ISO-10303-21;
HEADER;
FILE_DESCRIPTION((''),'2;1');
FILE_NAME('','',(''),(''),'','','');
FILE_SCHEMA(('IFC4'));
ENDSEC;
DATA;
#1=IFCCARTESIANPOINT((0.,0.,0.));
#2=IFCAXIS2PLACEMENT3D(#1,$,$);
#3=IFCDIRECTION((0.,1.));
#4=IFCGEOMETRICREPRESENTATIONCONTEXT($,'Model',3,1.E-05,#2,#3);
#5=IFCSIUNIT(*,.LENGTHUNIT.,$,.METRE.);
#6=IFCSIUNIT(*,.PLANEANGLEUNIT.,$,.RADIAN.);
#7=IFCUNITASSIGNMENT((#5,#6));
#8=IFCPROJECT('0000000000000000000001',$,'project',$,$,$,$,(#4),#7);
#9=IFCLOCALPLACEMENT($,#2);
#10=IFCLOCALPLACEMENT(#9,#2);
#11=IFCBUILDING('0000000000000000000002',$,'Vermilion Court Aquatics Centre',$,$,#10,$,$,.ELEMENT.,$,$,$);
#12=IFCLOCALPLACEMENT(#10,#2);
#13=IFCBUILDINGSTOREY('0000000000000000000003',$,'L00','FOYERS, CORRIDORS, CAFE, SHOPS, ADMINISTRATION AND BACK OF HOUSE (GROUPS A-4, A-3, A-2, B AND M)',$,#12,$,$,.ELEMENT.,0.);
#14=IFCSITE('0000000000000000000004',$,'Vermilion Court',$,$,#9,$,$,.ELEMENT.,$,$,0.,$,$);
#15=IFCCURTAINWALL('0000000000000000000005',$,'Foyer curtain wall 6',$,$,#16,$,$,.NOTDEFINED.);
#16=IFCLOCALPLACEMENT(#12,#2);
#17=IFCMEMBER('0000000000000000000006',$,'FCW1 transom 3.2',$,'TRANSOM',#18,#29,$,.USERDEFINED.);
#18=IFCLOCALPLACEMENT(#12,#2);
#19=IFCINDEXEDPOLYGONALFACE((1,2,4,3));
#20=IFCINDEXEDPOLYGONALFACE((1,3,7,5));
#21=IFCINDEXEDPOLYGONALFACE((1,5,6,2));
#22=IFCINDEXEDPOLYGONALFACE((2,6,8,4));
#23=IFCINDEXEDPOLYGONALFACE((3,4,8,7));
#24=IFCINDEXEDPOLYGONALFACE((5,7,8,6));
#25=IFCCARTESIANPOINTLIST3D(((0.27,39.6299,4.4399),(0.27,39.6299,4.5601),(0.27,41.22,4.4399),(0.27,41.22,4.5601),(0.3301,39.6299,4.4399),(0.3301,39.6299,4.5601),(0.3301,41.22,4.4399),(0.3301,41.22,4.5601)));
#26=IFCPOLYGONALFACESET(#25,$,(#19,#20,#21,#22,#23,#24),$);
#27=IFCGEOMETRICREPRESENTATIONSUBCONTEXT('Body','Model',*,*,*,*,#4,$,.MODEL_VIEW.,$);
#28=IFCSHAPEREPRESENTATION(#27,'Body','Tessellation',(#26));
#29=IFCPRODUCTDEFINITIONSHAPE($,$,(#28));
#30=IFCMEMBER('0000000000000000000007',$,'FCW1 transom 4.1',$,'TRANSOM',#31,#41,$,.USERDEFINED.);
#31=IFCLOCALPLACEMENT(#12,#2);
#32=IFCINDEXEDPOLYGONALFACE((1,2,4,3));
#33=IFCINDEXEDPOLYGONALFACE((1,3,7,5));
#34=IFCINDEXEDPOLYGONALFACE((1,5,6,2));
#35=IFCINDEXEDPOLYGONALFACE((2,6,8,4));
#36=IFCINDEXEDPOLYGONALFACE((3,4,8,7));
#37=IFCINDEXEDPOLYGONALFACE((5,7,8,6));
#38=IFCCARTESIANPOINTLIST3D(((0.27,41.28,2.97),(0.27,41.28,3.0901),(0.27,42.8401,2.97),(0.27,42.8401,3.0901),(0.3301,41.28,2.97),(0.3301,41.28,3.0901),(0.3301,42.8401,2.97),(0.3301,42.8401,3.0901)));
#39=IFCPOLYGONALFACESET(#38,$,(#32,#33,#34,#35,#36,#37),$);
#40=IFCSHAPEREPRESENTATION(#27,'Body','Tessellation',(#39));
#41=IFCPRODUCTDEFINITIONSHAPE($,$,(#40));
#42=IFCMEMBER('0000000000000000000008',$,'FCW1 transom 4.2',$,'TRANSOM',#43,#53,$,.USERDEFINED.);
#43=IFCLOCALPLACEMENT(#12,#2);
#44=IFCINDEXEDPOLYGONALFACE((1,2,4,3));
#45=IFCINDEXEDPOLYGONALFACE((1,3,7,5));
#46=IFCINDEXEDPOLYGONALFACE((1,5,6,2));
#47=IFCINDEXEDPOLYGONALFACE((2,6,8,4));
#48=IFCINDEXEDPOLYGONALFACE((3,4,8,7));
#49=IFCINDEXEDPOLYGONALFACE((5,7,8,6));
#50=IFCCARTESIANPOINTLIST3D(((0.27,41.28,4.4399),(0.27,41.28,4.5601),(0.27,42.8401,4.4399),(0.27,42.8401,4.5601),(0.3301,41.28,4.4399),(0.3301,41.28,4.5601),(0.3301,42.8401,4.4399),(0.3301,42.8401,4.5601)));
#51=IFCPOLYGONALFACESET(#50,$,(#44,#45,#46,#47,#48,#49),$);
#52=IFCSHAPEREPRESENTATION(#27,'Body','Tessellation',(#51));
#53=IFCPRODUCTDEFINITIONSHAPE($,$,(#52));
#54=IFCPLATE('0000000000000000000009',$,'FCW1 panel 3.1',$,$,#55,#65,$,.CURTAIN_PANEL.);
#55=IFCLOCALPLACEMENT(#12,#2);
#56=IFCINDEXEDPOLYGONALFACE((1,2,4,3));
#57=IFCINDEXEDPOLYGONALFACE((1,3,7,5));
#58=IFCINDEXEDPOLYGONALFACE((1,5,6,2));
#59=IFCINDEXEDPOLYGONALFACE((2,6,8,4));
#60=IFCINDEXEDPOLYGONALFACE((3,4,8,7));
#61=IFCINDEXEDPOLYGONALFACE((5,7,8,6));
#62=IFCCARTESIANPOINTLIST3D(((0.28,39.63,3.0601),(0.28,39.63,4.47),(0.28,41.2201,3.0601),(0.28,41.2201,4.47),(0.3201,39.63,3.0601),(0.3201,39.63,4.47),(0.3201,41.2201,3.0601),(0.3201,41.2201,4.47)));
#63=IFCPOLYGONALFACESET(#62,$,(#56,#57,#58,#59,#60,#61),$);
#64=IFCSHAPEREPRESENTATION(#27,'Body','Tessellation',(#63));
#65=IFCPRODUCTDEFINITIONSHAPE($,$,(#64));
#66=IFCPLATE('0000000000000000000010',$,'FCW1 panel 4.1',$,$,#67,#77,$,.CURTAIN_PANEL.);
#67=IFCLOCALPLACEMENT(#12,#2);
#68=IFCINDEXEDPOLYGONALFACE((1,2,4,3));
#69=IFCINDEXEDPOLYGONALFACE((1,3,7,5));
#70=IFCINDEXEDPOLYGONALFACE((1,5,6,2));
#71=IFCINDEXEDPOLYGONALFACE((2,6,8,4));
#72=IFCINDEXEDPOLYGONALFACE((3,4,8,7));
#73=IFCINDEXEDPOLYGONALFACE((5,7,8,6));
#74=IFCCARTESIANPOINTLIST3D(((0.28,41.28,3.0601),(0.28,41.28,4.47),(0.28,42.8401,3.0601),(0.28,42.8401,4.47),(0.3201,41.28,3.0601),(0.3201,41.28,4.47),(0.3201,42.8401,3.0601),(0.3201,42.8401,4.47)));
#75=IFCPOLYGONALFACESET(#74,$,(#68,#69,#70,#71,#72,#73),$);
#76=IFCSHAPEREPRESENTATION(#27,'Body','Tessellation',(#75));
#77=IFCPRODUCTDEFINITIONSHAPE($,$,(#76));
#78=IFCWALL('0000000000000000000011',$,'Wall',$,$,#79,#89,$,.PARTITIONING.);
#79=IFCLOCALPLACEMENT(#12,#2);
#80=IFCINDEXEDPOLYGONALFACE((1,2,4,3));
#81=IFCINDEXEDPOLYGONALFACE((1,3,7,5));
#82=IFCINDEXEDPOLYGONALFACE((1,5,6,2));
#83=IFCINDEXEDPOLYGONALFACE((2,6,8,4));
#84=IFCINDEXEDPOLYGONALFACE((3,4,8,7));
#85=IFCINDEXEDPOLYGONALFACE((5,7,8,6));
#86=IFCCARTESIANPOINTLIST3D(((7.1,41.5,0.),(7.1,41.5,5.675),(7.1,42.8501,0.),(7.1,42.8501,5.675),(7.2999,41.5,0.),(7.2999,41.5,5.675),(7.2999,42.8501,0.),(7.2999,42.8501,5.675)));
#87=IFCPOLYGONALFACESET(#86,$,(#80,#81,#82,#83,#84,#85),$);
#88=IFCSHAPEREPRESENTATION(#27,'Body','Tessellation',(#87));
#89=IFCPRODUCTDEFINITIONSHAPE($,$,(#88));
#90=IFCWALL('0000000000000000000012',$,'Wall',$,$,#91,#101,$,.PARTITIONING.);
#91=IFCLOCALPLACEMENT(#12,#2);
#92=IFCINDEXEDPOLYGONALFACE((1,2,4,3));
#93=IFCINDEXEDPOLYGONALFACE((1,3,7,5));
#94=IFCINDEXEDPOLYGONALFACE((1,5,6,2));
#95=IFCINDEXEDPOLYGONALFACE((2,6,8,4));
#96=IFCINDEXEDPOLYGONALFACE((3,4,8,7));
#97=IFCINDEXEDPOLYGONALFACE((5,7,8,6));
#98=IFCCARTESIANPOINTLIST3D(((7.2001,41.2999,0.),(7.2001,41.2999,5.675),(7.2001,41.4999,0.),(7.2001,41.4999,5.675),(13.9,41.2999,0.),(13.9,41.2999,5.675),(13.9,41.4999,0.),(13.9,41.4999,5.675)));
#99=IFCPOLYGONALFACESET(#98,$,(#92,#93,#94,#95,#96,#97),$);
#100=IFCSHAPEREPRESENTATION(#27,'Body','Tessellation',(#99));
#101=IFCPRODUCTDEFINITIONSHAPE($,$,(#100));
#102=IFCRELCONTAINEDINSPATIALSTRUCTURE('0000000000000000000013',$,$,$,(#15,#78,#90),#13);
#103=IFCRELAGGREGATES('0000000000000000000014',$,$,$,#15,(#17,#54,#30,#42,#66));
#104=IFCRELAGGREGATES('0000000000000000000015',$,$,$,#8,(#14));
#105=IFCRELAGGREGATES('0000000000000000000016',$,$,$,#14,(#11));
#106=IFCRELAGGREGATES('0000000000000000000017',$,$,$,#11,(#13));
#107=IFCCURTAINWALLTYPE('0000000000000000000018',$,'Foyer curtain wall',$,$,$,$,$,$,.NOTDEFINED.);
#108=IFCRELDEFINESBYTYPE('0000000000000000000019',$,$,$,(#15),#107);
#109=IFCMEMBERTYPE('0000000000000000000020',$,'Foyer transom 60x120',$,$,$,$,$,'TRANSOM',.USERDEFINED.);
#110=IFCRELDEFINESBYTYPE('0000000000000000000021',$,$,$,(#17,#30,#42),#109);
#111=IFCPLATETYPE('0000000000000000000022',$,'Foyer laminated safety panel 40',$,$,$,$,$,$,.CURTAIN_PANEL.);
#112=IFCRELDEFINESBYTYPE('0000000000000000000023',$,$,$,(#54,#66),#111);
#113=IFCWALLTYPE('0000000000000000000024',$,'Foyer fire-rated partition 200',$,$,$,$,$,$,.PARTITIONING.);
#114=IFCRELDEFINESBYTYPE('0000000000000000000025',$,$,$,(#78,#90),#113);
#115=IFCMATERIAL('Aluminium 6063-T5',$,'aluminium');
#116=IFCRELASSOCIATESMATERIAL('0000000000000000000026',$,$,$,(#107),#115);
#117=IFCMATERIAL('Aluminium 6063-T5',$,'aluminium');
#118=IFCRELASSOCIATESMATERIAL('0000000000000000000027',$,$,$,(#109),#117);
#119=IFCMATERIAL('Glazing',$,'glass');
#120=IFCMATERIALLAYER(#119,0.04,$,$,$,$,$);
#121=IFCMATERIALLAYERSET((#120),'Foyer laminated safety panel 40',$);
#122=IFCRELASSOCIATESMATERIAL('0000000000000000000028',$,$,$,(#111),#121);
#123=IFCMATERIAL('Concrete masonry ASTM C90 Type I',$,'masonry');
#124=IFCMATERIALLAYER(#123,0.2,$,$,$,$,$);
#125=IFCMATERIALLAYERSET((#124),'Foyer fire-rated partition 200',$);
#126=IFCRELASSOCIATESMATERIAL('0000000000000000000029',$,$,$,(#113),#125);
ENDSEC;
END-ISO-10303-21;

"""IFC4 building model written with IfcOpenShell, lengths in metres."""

from ifc_helpers import new_model, si_unit, direction, frame, frame_2d, origin, origin_2d, place, context, subcontext, project, spatial, rectangle, extrude, material, layer, layer_set, material_profile, profile_set, type_object, element, aggregate, save


model = new_model("IFC4")

# Units and contexts
model_context = context("Model", 3, precision=1e-05, world=origin(), true_north=direction((0.0, 1.0)))
body_context = subcontext(model_context, "Body", "Model", "MODEL_VIEW")
ifc_project = project(units=[si_unit("LENGTHUNIT", "METRE"), si_unit("PLANEANGLEUNIT", "RADIAN")], contexts=[model_context])

# Site, building, storey
site_placement = place(None, origin())
site = spatial("IfcSite", under=ifc_project, at=site_placement, Name="Vermilion Court", CompositionType="ELEMENT", RefElevation=0.0)
building_placement = place(site_placement, origin())
building = spatial("IfcBuilding", under=site, at=building_placement, Name="Vermilion Court Aquatics Centre", CompositionType="ELEMENT")
storey_placement = place(building_placement, origin())
storey = spatial("IfcBuildingStorey", under=building, at=storey_placement, Name="L00", Description="FOYERS, CORRIDORS, CAFE, SHOPS, ADMINISTRATION AND BACK OF HOUSE (GROUPS A-4, A-3, A-2, B AND M)", CompositionType="ELEMENT", Elevation=0.0)

# Curtain wall, members, plates
ifc_material_1 = material(Name="Aluminium 6063-T5", Category="aluminium")
curtain_wall_type = type_object("IfcCurtainWallType", Name="Foyer curtain wall", PredefinedType="NOTDEFINED", material=ifc_material_1)
curtain_wall_placement = place(storey_placement, origin())
curtain_wall = element("IfcCurtainWall", 1, at=curtain_wall_placement, inside=storey, type_object=curtain_wall_type, Name="Foyer curtain wall 6", PredefinedType="NOTDEFINED")
ifc_material_2 = material(Name="Aluminium 6063-T5", Category="aluminium")
ifc_material_profile_1 = material_profile(ifc_material_2, rectangle(XDim=0.0601, YDim=0.1201, at=origin_2d()), Name="Aluminium 60x120")
ifc_profile_set_1 = profile_set([ifc_material_profile_1], Name="Aluminium 6063-T5")
member_type_1 = type_object("IfcMemberType", Name="Foyer transom 60x120", ElementType="TRANSOM", PredefinedType="USERDEFINED", material=ifc_profile_set_1)
member_1_placement = place(storey_placement, frame((0.3, 39.6299, 4.5), z_axis=(0.0, 1.0, 0.0), x_axis=(-1.0, 0.0, 0.0)))
member_1 = element("IfcMember", 2, at=member_1_placement, type_object=member_type_1, Name="FCW1 transom 3.2", ObjectType="TRANSOM", PredefinedType="USERDEFINED", context=body_context, shape_type="SweptSolid", body=[
    extrude(rectangle(XDim=0.0601, YDim=0.1201, at=origin_2d()), origin(), (0.0, 0.0, 1.0), 1.5901),
])
member_2_placement = place(storey_placement, frame((0.3, 41.28, 3.03), z_axis=(0.0, 1.0, 0.0), x_axis=(-1.0, 0.0, 0.0)))
member_2 = element("IfcMember", 3, at=member_2_placement, type_object=member_type_1, Name="FCW1 transom 4.1", ObjectType="TRANSOM", PredefinedType="USERDEFINED", context=body_context, shape_type="SweptSolid", body=[
    extrude(rectangle(XDim=0.0601, YDim=0.1201, at=origin_2d()), origin(), (0.0, 0.0, 1.0), 1.5601),
])
member_3_placement = place(storey_placement, frame((0.3, 41.28, 4.5), z_axis=(0.0, 1.0, 0.0), x_axis=(-1.0, 0.0, 0.0)))
member_3 = element("IfcMember", 4, at=member_3_placement, type_object=member_type_1, Name="FCW1 transom 4.2", ObjectType="TRANSOM", PredefinedType="USERDEFINED", context=body_context, shape_type="SweptSolid", body=[
    extrude(rectangle(XDim=0.0601, YDim=0.1201, at=origin_2d()), origin(), (0.0, 0.0, 1.0), 1.5601),
])
ifc_material_3 = material(Name="Glazing", Category="glass")
ifc_layer_1 = layer(ifc_material_3, 0.04)
ifc_layer_set_1 = layer_set([ifc_layer_1], Name="Foyer laminated safety panel 40")
plate_type = type_object("IfcPlateType", Name="Foyer laminated safety panel 40", PredefinedType="CURTAIN_PANEL", material=ifc_layer_set_1)
plate_1_placement = place(storey_placement, frame((0.3, 40.425, 3.0601), z_axis=(0.0, 0.0, 1.0), x_axis=(0.0, 1.0, 0.0)))
plate_1 = element("IfcPlate", 5, at=plate_1_placement, type_object=plate_type, Name="FCW1 panel 3.1", PredefinedType="CURTAIN_PANEL", context=body_context, shape_type="SweptSolid", body=[
    extrude(rectangle(XDim=1.5901, YDim=0.04, at=origin_2d()), origin(), (0.0, 0.0, 1.0), 1.4099),
])
plate_2_placement = place(storey_placement, frame((0.3, 42.0601, 3.0601), z_axis=(0.0, 0.0, 1.0), x_axis=(0.0, 1.0, 0.0)))
plate_2 = element("IfcPlate", 6, at=plate_2_placement, type_object=plate_type, Name="FCW1 panel 4.1", PredefinedType="CURTAIN_PANEL", context=body_context, shape_type="SweptSolid", body=[
    extrude(rectangle(XDim=1.5601, YDim=0.04, at=origin_2d()), origin(), (0.0, 0.0, 1.0), 1.4099),
])
aggregate(curtain_wall, [member_1, plate_1, member_2, member_3, plate_2])

# Walls
ifc_material_4 = material(Name="Concrete masonry ASTM C90 Type I", Category="masonry")
ifc_layer_2 = layer(ifc_material_4, 0.2)
ifc_layer_set_2 = layer_set([ifc_layer_2], Name="Foyer fire-rated partition 200")
wall_type = type_object("IfcWallType", Name="Foyer fire-rated partition 200", PredefinedType="PARTITIONING", material=ifc_layer_set_2)
wall_1_placement = place(storey_placement, frame((7.2, 41.5, 0.0), z_axis=(0.0, 0.0, 1.0), x_axis=(0.0, 1.0, 0.0)))
element("IfcWall", 7, at=wall_1_placement, inside=storey, type_object=wall_type, Name="Wall", PredefinedType="PARTITIONING", context=body_context, shape_type="SweptSolid", body=[
    extrude(rectangle(XDim=1.3501, YDim=0.2, at=frame_2d((0.675, 0.0))), origin(), (0.0, 0.0, 1.0), 5.675),
])
wall_2_placement = place(storey_placement, frame((7.2, 41.3999, 0.0), z_axis=(0.0, 0.0, 1.0), x_axis=(1.0, 0.0, 0.0)))
element("IfcWall", 8, at=wall_2_placement, inside=storey, type_object=wall_type, Name="Wall", PredefinedType="PARTITIONING", context=body_context, shape_type="SweptSolid", body=[
    extrude(rectangle(XDim=6.7, YDim=0.2, at=frame_2d((3.3501, 0.0))), origin(), (0.0, 0.0, 1.0), 5.675),
])

save(model, "model.ifc")
